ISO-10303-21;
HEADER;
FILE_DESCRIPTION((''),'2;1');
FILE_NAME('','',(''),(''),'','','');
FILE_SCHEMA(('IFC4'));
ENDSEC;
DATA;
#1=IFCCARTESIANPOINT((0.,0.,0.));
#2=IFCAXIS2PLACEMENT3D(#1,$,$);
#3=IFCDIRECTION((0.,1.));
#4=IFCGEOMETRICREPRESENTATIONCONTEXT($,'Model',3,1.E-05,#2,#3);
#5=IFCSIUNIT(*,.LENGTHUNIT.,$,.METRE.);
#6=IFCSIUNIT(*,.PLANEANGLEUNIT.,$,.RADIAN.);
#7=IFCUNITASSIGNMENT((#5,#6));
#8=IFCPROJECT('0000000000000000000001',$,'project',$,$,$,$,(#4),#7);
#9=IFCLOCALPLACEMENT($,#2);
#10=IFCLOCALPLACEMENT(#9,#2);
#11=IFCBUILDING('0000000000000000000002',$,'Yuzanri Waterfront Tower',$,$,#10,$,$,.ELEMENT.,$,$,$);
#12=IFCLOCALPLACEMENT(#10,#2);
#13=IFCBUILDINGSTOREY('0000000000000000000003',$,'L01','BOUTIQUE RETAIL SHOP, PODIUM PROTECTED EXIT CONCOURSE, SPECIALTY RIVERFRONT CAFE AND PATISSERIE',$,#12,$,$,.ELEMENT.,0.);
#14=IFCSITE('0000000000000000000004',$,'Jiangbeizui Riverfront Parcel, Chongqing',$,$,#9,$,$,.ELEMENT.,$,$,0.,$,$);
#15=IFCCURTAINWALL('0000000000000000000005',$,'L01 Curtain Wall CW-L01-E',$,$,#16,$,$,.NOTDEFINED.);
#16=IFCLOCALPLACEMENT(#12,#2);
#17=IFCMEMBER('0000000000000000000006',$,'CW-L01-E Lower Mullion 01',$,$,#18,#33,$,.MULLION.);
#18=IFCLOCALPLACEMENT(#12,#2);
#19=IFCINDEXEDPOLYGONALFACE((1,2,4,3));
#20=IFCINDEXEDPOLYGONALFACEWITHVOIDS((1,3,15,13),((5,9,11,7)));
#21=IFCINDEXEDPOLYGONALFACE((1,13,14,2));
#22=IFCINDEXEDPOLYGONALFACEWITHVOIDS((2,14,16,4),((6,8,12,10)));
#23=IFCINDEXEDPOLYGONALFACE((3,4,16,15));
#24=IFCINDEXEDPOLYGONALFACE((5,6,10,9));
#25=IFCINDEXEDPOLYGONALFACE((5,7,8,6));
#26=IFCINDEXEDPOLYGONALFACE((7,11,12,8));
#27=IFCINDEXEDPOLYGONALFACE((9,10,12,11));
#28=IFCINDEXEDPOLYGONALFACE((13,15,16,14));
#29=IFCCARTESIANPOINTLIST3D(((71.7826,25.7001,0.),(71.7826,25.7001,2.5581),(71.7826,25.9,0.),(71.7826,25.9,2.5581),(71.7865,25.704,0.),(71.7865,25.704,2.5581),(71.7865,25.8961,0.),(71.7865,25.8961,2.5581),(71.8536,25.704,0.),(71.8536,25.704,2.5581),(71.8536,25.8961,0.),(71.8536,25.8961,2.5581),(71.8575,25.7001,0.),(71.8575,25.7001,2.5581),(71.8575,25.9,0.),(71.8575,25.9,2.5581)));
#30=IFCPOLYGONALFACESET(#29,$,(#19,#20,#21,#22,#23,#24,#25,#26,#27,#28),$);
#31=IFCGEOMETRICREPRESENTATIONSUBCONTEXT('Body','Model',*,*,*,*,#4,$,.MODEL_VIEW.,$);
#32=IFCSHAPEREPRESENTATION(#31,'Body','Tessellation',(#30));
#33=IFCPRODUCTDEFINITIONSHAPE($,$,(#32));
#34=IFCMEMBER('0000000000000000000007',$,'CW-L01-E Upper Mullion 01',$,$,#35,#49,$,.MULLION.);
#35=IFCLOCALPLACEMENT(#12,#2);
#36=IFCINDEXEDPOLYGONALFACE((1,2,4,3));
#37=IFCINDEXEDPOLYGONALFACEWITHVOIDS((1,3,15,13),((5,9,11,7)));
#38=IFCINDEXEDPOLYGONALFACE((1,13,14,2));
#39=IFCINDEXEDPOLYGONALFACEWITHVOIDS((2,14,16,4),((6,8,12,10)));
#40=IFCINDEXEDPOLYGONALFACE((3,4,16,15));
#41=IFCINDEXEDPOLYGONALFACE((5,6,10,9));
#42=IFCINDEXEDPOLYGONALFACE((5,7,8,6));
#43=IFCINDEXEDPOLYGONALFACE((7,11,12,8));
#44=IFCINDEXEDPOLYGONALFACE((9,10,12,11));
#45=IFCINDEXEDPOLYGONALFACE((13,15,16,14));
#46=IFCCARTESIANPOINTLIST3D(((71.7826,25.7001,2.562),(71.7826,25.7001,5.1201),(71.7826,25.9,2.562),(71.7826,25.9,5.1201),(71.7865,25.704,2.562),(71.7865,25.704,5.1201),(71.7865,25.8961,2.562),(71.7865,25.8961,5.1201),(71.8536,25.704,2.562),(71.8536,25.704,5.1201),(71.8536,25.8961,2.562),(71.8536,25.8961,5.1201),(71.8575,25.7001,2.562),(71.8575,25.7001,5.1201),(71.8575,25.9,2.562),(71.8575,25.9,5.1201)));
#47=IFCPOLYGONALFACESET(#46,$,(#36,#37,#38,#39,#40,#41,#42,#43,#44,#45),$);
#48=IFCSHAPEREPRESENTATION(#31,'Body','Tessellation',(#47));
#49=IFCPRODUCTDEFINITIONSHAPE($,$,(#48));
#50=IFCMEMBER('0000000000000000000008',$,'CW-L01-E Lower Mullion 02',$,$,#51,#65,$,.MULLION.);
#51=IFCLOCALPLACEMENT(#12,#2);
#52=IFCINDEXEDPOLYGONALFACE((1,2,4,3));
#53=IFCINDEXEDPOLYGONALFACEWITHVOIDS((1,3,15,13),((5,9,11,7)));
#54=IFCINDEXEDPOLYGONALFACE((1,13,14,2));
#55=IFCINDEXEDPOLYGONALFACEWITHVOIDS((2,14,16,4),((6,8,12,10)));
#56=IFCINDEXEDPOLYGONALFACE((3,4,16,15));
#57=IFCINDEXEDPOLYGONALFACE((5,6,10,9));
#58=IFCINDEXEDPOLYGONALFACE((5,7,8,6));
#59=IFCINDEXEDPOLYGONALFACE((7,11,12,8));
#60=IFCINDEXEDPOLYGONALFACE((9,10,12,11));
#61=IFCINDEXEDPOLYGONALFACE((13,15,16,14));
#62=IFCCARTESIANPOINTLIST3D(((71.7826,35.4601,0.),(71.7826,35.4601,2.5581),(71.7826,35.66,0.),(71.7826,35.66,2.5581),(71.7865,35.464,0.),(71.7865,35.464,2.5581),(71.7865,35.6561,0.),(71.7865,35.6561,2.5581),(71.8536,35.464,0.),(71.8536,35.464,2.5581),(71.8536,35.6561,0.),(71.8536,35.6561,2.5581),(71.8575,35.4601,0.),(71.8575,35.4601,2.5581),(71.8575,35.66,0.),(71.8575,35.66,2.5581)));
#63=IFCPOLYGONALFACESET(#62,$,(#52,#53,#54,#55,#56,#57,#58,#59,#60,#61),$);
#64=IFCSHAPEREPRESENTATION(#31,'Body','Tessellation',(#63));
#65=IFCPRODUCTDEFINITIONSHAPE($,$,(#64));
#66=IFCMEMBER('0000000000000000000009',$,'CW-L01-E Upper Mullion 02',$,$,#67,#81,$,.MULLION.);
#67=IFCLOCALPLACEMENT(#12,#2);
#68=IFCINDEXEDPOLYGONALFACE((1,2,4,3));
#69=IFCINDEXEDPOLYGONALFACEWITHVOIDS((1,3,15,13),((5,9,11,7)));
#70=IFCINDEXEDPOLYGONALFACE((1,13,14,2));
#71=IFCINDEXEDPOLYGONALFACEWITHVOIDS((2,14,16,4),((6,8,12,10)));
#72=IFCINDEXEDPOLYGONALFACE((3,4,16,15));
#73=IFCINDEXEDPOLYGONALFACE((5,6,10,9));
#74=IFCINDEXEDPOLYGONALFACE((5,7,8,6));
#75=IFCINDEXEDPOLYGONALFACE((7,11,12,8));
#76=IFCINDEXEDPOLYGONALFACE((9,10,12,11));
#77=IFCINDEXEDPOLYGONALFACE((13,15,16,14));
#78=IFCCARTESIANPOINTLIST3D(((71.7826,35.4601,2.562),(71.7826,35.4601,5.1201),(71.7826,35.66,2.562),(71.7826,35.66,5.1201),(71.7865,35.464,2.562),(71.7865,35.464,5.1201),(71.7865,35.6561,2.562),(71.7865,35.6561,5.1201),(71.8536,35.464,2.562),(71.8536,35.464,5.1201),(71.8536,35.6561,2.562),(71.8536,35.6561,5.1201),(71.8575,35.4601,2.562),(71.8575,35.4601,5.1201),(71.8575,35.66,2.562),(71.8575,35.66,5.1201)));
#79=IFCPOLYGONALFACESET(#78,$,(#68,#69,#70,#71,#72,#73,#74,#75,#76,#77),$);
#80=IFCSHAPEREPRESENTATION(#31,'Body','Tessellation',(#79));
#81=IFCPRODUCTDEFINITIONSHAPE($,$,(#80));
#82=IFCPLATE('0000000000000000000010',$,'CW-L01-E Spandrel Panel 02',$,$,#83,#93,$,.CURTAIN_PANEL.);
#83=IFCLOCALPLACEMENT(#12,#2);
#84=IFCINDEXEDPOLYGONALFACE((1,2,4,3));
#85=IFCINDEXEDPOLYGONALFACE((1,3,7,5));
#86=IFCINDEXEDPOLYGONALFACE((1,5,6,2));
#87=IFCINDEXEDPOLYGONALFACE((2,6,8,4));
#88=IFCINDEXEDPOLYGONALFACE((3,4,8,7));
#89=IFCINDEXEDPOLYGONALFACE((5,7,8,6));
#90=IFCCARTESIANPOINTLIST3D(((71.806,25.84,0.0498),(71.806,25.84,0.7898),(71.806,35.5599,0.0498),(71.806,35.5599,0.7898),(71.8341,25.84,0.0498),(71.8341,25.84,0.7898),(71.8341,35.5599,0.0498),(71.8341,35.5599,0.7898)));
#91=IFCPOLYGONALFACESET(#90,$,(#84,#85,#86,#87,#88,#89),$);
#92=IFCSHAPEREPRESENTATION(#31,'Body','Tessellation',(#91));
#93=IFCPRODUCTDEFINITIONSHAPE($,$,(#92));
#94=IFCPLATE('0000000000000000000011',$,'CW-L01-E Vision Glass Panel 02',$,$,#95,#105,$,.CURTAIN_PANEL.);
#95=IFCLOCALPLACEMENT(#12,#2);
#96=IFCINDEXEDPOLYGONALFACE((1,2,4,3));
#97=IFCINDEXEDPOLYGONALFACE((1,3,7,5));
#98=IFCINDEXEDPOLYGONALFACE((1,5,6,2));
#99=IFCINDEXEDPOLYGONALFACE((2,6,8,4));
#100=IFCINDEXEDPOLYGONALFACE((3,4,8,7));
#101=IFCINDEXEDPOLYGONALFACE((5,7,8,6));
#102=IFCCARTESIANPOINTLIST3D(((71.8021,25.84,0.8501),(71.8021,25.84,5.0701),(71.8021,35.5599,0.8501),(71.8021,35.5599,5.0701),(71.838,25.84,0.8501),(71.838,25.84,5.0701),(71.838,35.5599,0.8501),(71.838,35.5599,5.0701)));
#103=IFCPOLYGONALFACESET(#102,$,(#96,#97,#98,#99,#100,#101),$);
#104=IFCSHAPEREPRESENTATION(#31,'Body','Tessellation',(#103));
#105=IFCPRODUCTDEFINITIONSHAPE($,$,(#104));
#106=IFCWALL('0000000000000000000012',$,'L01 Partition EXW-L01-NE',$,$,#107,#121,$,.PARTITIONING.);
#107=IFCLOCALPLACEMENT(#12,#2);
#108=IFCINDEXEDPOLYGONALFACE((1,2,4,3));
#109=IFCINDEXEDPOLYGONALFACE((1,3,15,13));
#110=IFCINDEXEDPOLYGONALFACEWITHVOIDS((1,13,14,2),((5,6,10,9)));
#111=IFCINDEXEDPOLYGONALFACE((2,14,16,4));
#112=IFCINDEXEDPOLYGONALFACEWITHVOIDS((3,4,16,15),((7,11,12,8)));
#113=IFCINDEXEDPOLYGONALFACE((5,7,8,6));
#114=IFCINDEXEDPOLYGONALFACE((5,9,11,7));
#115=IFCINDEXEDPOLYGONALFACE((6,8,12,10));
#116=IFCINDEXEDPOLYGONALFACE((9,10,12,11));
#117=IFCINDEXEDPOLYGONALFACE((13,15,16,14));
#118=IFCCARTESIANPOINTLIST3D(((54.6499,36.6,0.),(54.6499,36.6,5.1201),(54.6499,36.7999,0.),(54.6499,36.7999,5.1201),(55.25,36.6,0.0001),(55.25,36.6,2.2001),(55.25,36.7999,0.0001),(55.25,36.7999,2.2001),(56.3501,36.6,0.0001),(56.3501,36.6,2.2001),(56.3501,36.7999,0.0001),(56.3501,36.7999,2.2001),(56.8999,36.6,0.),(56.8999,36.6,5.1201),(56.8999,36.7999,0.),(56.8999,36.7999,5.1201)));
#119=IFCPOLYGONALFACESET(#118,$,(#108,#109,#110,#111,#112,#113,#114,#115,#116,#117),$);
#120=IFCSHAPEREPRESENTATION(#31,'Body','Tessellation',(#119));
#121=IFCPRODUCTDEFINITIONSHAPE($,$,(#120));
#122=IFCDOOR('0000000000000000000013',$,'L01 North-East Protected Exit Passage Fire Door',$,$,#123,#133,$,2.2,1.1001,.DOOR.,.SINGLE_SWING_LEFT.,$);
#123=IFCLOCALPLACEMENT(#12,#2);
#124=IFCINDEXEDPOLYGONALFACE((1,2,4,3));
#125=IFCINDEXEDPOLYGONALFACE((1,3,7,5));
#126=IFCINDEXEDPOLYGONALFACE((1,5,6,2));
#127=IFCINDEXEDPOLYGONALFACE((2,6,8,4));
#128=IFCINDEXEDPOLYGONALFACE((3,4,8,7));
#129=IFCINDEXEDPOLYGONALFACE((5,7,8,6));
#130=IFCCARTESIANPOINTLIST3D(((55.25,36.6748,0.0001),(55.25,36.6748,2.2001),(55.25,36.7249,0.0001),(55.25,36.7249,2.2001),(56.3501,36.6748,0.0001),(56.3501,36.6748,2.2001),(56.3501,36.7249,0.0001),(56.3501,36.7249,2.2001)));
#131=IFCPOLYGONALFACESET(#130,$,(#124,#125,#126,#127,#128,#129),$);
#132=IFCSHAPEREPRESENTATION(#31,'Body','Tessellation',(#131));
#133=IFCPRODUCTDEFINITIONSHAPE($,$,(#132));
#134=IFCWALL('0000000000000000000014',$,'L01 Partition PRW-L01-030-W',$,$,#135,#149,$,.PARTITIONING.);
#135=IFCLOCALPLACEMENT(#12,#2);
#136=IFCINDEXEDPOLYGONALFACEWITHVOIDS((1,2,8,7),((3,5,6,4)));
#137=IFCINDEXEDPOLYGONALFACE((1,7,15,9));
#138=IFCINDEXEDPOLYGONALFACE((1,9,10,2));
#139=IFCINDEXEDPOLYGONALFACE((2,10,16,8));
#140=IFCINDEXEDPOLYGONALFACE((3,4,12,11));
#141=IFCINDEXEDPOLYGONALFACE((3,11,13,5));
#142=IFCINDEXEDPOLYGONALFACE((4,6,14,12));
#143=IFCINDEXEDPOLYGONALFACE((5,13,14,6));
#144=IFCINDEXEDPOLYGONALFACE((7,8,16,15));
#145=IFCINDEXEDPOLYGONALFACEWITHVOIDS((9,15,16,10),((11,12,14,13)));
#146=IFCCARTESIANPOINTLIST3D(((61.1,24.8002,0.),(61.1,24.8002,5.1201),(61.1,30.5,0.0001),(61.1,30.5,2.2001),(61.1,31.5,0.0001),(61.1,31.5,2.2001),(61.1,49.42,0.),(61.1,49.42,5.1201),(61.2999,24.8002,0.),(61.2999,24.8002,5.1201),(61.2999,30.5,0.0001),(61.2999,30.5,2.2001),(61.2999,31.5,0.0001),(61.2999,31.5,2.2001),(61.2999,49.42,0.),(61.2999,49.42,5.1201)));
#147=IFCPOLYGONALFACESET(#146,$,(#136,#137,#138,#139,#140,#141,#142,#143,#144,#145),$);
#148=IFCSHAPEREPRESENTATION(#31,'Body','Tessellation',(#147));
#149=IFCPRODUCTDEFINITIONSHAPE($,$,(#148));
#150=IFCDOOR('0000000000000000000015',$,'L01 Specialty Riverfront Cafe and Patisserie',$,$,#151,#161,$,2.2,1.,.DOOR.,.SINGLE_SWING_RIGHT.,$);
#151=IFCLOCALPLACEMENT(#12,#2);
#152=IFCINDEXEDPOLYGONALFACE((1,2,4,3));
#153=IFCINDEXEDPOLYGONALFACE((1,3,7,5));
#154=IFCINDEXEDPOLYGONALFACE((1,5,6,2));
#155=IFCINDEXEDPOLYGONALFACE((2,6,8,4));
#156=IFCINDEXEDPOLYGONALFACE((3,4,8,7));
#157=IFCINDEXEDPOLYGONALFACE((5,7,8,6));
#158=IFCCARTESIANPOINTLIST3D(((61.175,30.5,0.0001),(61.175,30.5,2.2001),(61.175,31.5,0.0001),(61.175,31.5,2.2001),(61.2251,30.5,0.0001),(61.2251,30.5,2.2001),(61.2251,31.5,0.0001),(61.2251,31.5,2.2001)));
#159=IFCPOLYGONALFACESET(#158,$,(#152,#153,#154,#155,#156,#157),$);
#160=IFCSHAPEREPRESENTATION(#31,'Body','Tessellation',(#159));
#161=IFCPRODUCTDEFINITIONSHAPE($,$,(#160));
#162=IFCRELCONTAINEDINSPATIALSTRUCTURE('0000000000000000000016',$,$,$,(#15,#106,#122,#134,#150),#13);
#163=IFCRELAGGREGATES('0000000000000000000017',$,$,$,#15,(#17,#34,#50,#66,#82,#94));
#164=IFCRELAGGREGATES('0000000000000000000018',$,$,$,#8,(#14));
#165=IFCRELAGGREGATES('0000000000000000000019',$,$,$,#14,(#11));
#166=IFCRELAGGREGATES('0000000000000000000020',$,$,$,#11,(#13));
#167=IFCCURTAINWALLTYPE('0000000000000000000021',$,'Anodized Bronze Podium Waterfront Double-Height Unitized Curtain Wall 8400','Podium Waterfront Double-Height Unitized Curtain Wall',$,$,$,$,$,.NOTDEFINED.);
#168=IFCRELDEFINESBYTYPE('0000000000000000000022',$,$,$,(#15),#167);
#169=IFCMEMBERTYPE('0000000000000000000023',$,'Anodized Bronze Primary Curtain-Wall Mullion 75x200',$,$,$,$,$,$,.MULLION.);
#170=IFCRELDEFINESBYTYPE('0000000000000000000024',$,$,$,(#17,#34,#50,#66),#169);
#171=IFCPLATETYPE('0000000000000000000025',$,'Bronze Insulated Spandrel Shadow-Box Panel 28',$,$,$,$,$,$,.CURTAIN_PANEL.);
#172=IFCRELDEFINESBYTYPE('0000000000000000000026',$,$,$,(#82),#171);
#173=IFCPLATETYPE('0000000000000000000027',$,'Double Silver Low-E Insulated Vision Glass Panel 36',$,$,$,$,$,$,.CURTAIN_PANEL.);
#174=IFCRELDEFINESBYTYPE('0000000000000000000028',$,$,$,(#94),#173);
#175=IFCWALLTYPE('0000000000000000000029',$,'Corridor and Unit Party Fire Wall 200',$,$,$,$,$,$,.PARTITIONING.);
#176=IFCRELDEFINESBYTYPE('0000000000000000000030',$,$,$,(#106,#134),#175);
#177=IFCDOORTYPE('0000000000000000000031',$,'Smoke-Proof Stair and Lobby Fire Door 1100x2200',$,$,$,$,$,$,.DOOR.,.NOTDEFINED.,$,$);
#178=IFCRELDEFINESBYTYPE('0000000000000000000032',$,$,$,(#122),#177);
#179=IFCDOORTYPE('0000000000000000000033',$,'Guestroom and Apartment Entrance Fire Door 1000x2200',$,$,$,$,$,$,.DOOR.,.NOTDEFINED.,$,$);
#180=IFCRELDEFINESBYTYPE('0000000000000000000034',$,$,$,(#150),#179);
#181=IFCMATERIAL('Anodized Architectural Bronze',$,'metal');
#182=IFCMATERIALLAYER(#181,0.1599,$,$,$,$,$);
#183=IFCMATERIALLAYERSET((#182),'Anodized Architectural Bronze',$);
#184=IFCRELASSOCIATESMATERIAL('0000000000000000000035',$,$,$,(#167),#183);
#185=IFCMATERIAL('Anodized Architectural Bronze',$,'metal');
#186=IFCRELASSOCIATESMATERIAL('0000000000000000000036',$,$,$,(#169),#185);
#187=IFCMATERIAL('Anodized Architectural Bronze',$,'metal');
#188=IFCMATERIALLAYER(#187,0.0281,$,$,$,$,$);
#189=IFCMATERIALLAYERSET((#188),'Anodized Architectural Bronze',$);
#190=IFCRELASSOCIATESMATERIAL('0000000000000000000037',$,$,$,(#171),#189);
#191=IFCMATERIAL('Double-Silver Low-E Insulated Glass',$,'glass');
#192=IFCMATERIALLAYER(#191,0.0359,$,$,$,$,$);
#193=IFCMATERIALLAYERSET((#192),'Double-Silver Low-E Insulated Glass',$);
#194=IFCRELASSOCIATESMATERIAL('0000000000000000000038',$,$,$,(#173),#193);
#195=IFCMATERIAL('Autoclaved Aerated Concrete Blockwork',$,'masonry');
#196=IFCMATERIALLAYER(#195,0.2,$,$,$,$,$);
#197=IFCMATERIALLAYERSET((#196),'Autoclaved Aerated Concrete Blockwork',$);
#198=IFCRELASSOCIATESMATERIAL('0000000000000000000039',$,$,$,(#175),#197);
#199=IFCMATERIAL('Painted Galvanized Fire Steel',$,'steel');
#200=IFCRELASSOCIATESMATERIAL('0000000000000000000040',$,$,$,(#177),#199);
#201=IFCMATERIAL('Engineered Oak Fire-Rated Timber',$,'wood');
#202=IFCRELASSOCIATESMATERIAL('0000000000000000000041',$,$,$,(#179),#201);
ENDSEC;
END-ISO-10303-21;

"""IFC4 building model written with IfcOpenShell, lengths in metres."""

from ifc_helpers import new_model, si_unit, direction, frame, frame_2d, origin, origin_2d, place, context, subcontext, project, spatial, rectangle, hollow_rectangle, extrude, source, transform, mapped, material, layer, layer_set, material_profile, profile_set, type_object, element, fill, aggregate, save


model = new_model("IFC4")

# Units and contexts
model_context = context("Model", 3, precision=1e-05, world=origin(), true_north=direction((0.0, 1.0)))
body_context = subcontext(model_context, "Body", "Model", "MODEL_VIEW")
ifc_project = project(units=[si_unit("LENGTHUNIT", "METRE"), si_unit("PLANEANGLEUNIT", "RADIAN")], contexts=[model_context])

# Site, building, storey
site_placement = place(None, origin())
site = spatial("IfcSite", under=ifc_project, at=site_placement, Name="Jiangbeizui Riverfront Parcel, Chongqing", CompositionType="ELEMENT", RefElevation=0.0)
building_placement = place(site_placement, origin())
building = spatial("IfcBuilding", under=site, at=building_placement, Name="Yuzanri Waterfront Tower", CompositionType="ELEMENT")
storey_placement = place(building_placement, origin())
storey = spatial("IfcBuildingStorey", under=building, at=storey_placement, Name="L01", Description="BOUTIQUE RETAIL SHOP, PODIUM PROTECTED EXIT CONCOURSE, SPECIALTY RIVERFRONT CAFE AND PATISSERIE", CompositionType="ELEMENT", Elevation=0.0)

# Curtain wall, members, plates
ifc_material_1 = material(Name="Anodized Architectural Bronze", Category="metal")
ifc_layer_1 = layer(ifc_material_1, 0.1599)
ifc_layer_set_1 = layer_set([ifc_layer_1], Name="Anodized Architectural Bronze")
curtain_wall_type = type_object("IfcCurtainWallType", Name="Anodized Bronze Podium Waterfront Double-Height Unitized Curtain Wall 8400", Description="Podium Waterfront Double-Height Unitized Curtain Wall", PredefinedType="NOTDEFINED", material=ifc_layer_set_1)
curtain_wall_placement = place(storey_placement, origin())
curtain_wall = element("IfcCurtainWall", 1, at=curtain_wall_placement, inside=storey, type_object=curtain_wall_type, Name="L01 Curtain Wall CW-L01-E", PredefinedType="NOTDEFINED")
ifc_material_2 = material(Name="Anodized Architectural Bronze", Category="metal")
ifc_material_profile_1 = material_profile(ifc_material_2, hollow_rectangle(XDim=0.075, YDim=0.2, WallThickness=0.0039, at=origin_2d()), Name="CWM 75x200")
ifc_profile_set_1 = profile_set([ifc_material_profile_1], Name="Anodized Architectural Bronze")
member_type = type_object("IfcMemberType", Name="Anodized Bronze Primary Curtain-Wall Mullion 75x200", PredefinedType="MULLION", material=ifc_profile_set_1)
shared_shape_1 = source(origin(), body_context, "Body", "SweptSolid", [
    extrude(hollow_rectangle(XDim=0.075, YDim=0.2, WallThickness=0.0039, at=origin_2d()), origin(), (0.0, 0.0, 1.0), 2.5581),
])
member_1_placement = place(storey_placement, frame((71.8201, 25.8, 0.0), z_axis=(0.0, 0.0, 1.0), x_axis=(1.0, 0.0, 0.0)))
member_1 = element("IfcMember", 2, at=member_1_placement, type_object=member_type, Name="CW-L01-E Lower Mullion 01", PredefinedType="MULLION", context=body_context, shape_type="MappedRepresentation", body=[
    mapped(shared_shape_1, transform((0.0, 0.0, 0.0), scale=1.0)),
])
member_2_placement = place(storey_placement, frame((71.8201, 25.8, 2.562), z_axis=(0.0, 0.0, 1.0), x_axis=(1.0, 0.0, 0.0)))
member_2 = element("IfcMember", 3, at=member_2_placement, type_object=member_type, Name="CW-L01-E Upper Mullion 01", PredefinedType="MULLION", context=body_context, shape_type="MappedRepresentation", body=[
    mapped(shared_shape_1, transform((0.0, 0.0, 0.0), scale=1.0)),
])
member_3_placement = place(storey_placement, frame((71.8201, 35.5601, 0.0), z_axis=(0.0, 0.0, 1.0), x_axis=(1.0, 0.0, 0.0)))
member_3 = element("IfcMember", 4, at=member_3_placement, type_object=member_type, Name="CW-L01-E Lower Mullion 02", PredefinedType="MULLION", context=body_context, shape_type="MappedRepresentation", body=[
    mapped(shared_shape_1, transform((0.0, 0.0, 0.0), scale=1.0)),
])
member_4_placement = place(storey_placement, frame((71.8201, 35.5601, 2.562), z_axis=(0.0, 0.0, 1.0), x_axis=(1.0, 0.0, 0.0)))
member_4 = element("IfcMember", 5, at=member_4_placement, type_object=member_type, Name="CW-L01-E Upper Mullion 02", PredefinedType="MULLION", context=body_context, shape_type="MappedRepresentation", body=[
    mapped(shared_shape_1, transform((0.0, 0.0, 0.0), scale=1.0)),
])
ifc_material_3 = material(Name="Anodized Architectural Bronze", Category="metal")
ifc_layer_2 = layer(ifc_material_3, 0.0281)
ifc_layer_set_2 = layer_set([ifc_layer_2], Name="Anodized Architectural Bronze")
plate_type_1 = type_object("IfcPlateType", Name="Bronze Insulated Spandrel Shadow-Box Panel 28", PredefinedType="CURTAIN_PANEL", material=ifc_layer_set_2)
shared_shape_2 = source(origin(), body_context, "Body", "SweptSolid", [
    extrude(rectangle(XDim=9.72, YDim=0.0281, at=origin_2d()), origin(), (0.0, 0.0, 1.0), 0.74),
])
plate_1_placement = place(storey_placement, frame((71.8201, 30.7, 0.0498), z_axis=(0.0, 0.0, 1.0), x_axis=(0.0, 1.0, 0.0)))
plate_1 = element("IfcPlate", 6, at=plate_1_placement, type_object=plate_type_1, Name="CW-L01-E Spandrel Panel 02", PredefinedType="CURTAIN_PANEL", context=body_context, shape_type="MappedRepresentation", body=[
    mapped(shared_shape_2, transform((0.0, 0.0, 0.0), scale=1.0)),
])
ifc_material_4 = material(Name="Double-Silver Low-E Insulated Glass", Category="glass")
ifc_layer_3 = layer(ifc_material_4, 0.0359)
ifc_layer_set_3 = layer_set([ifc_layer_3], Name="Double-Silver Low-E Insulated Glass")
plate_type_2 = type_object("IfcPlateType", Name="Double Silver Low-E Insulated Vision Glass Panel 36", PredefinedType="CURTAIN_PANEL", material=ifc_layer_set_3)
shared_shape_3 = source(origin(), body_context, "Body", "SweptSolid", [
    extrude(rectangle(XDim=9.72, YDim=0.0359, at=origin_2d()), origin(), (0.0, 0.0, 1.0), 4.22),
])
plate_2_placement = place(storey_placement, frame((71.8201, 30.7, 0.8501), z_axis=(0.0, 0.0, 1.0), x_axis=(0.0, 1.0, 0.0)))
plate_2 = element("IfcPlate", 7, at=plate_2_placement, type_object=plate_type_2, Name="CW-L01-E Vision Glass Panel 02", PredefinedType="CURTAIN_PANEL", context=body_context, shape_type="MappedRepresentation", body=[
    mapped(shared_shape_3, transform((0.0, 0.0, 0.0), scale=1.0)),
])
aggregate(curtain_wall, [member_1, member_2, member_3, member_4, plate_1, plate_2])

# Walls, openings, doors
ifc_material_5 = material(Name="Autoclaved Aerated Concrete Blockwork", Category="masonry")
ifc_layer_4 = layer(ifc_material_5, 0.2)
ifc_layer_set_4 = layer_set([ifc_layer_4], Name="Autoclaved Aerated Concrete Blockwork")
wall_type_1 = type_object("IfcWallType", Name="Corridor and Unit Party Fire Wall 200", PredefinedType="PARTITIONING", material=ifc_layer_set_4)
wall_1_placement = place(storey_placement, frame((54.6499, 36.7, 0.0), z_axis=(0.0, 0.0, 1.0), x_axis=(1.0, 0.0, 0.0)))
wall_1 = element("IfcWall", 8, at=wall_1_placement, inside=storey, type_object=wall_type_1, Name="L01 Partition EXW-L01-NE", PredefinedType="PARTITIONING", context=body_context, shape_type="SweptSolid", body=[
    extrude(rectangle(XDim=2.25, YDim=0.2, at=frame_2d((1.125, 0.0))), origin(), (0.0, 0.0, 1.0), 5.1201),
])
opening_1_placement = place(wall_1_placement, frame((0.6001, 0.0, 0.0)))
opening_1 = element("IfcOpeningElement", 9, at=opening_1_placement, cuts=wall_1, PredefinedType="OPENING", context=body_context, shape_type="SweptSolid", body=[
    extrude(rectangle(XDim=1.1001, YDim=2.2, at=frame_2d((0.55, 1.1001))), frame((0.0, 0.1147, 0.0), z_axis=(0.0, -1.0, 0.0), x_axis=(1.0, 0.0, 0.0)), (0.0, 0.0, 1.0), 0.2297),
])
ifc_material_6 = material(Name="Painted Galvanized Fire Steel", Category="steel")
door_type_1 = type_object("IfcDoorType", Name="Smoke-Proof Stair and Lobby Fire Door 1100x2200", OperationType="NOTDEFINED", PredefinedType="DOOR", material=ifc_material_6)
shared_shape_4 = source(origin(), body_context, "Body", "SweptSolid", [
    extrude(rectangle(XDim=1.1001, YDim=2.2, at=frame_2d((0.55, 1.1001))), frame((0.0, 0.0249, 0.0), z_axis=(0.0, -1.0, 0.0), x_axis=(1.0, 0.0, 0.0)), (0.0, 0.0, 1.0), 0.05),
])
door_1_placement = place(opening_1_placement, origin())
door_1 = element("IfcDoor", 10, at=door_1_placement, inside=storey, type_object=door_type_1, Name="L01 North-East Protected Exit Passage Fire Door", OperationType="SINGLE_SWING_LEFT", OverallHeight=2.2, OverallWidth=1.1001, PredefinedType="DOOR", context=body_context, shape_type="MappedRepresentation", body=[
    mapped(shared_shape_4, transform((0.0, 0.0, 0.0), scale=1.0)),
])
fill(opening_1, door_1)
wall_2_placement = place(storey_placement, frame((61.2, 24.8, 0.0), z_axis=(0.0, 0.0, 1.0), x_axis=(0.0, 1.0, 0.0)))
wall_2 = element("IfcWall", 11, at=wall_2_placement, inside=storey, type_object=wall_type_1, Name="L01 Partition PRW-L01-030-W", PredefinedType="PARTITIONING", context=body_context, shape_type="SweptSolid", body=[
    extrude(rectangle(XDim=24.6199, YDim=0.2, at=frame_2d((12.3101, 0.0))), origin(), (0.0, 0.0, 1.0), 5.1201),
])
opening_2_placement = place(wall_2_placement, frame((5.7, 0.0, 0.0)))
opening_2 = element("IfcOpeningElement", 12, at=opening_2_placement, cuts=wall_2, PredefinedType="OPENING", context=body_context, shape_type="SweptSolid", body=[
    extrude(rectangle(XDim=1.0, YDim=2.2, at=frame_2d((0.5, 1.1001))), frame((0.0, 0.1147, 0.0), z_axis=(0.0, -1.0, 0.0), x_axis=(1.0, 0.0, 0.0)), (0.0, 0.0, 1.0), 0.2297),
])
ifc_material_7 = material(Name="Engineered Oak Fire-Rated Timber", Category="wood")
door_type_2 = type_object("IfcDoorType", Name="Guestroom and Apartment Entrance Fire Door 1000x2200", OperationType="NOTDEFINED", PredefinedType="DOOR", material=ifc_material_7)
shared_shape_5 = source(origin(), body_context, "Body", "SweptSolid", [
    extrude(rectangle(XDim=1.0, YDim=2.2, at=frame_2d((0.5, 1.1001))), frame((0.0, 0.0249, 0.0), z_axis=(0.0, -1.0, 0.0), x_axis=(1.0, 0.0, 0.0)), (0.0, 0.0, 1.0), 0.05),
])
door_2_placement = place(opening_2_placement, origin())
door_2 = element("IfcDoor", 13, at=door_2_placement, inside=storey, type_object=door_type_2, Name="L01 Specialty Riverfront Cafe and Patisserie", OperationType="SINGLE_SWING_RIGHT", OverallHeight=2.2, OverallWidth=1.0, PredefinedType="DOOR", context=body_context, shape_type="MappedRepresentation", body=[
    mapped(shared_shape_5, transform((0.0, 0.0, 0.0), scale=1.0)),
])
fill(opening_2, door_2)

save(model, "model.ifc")
